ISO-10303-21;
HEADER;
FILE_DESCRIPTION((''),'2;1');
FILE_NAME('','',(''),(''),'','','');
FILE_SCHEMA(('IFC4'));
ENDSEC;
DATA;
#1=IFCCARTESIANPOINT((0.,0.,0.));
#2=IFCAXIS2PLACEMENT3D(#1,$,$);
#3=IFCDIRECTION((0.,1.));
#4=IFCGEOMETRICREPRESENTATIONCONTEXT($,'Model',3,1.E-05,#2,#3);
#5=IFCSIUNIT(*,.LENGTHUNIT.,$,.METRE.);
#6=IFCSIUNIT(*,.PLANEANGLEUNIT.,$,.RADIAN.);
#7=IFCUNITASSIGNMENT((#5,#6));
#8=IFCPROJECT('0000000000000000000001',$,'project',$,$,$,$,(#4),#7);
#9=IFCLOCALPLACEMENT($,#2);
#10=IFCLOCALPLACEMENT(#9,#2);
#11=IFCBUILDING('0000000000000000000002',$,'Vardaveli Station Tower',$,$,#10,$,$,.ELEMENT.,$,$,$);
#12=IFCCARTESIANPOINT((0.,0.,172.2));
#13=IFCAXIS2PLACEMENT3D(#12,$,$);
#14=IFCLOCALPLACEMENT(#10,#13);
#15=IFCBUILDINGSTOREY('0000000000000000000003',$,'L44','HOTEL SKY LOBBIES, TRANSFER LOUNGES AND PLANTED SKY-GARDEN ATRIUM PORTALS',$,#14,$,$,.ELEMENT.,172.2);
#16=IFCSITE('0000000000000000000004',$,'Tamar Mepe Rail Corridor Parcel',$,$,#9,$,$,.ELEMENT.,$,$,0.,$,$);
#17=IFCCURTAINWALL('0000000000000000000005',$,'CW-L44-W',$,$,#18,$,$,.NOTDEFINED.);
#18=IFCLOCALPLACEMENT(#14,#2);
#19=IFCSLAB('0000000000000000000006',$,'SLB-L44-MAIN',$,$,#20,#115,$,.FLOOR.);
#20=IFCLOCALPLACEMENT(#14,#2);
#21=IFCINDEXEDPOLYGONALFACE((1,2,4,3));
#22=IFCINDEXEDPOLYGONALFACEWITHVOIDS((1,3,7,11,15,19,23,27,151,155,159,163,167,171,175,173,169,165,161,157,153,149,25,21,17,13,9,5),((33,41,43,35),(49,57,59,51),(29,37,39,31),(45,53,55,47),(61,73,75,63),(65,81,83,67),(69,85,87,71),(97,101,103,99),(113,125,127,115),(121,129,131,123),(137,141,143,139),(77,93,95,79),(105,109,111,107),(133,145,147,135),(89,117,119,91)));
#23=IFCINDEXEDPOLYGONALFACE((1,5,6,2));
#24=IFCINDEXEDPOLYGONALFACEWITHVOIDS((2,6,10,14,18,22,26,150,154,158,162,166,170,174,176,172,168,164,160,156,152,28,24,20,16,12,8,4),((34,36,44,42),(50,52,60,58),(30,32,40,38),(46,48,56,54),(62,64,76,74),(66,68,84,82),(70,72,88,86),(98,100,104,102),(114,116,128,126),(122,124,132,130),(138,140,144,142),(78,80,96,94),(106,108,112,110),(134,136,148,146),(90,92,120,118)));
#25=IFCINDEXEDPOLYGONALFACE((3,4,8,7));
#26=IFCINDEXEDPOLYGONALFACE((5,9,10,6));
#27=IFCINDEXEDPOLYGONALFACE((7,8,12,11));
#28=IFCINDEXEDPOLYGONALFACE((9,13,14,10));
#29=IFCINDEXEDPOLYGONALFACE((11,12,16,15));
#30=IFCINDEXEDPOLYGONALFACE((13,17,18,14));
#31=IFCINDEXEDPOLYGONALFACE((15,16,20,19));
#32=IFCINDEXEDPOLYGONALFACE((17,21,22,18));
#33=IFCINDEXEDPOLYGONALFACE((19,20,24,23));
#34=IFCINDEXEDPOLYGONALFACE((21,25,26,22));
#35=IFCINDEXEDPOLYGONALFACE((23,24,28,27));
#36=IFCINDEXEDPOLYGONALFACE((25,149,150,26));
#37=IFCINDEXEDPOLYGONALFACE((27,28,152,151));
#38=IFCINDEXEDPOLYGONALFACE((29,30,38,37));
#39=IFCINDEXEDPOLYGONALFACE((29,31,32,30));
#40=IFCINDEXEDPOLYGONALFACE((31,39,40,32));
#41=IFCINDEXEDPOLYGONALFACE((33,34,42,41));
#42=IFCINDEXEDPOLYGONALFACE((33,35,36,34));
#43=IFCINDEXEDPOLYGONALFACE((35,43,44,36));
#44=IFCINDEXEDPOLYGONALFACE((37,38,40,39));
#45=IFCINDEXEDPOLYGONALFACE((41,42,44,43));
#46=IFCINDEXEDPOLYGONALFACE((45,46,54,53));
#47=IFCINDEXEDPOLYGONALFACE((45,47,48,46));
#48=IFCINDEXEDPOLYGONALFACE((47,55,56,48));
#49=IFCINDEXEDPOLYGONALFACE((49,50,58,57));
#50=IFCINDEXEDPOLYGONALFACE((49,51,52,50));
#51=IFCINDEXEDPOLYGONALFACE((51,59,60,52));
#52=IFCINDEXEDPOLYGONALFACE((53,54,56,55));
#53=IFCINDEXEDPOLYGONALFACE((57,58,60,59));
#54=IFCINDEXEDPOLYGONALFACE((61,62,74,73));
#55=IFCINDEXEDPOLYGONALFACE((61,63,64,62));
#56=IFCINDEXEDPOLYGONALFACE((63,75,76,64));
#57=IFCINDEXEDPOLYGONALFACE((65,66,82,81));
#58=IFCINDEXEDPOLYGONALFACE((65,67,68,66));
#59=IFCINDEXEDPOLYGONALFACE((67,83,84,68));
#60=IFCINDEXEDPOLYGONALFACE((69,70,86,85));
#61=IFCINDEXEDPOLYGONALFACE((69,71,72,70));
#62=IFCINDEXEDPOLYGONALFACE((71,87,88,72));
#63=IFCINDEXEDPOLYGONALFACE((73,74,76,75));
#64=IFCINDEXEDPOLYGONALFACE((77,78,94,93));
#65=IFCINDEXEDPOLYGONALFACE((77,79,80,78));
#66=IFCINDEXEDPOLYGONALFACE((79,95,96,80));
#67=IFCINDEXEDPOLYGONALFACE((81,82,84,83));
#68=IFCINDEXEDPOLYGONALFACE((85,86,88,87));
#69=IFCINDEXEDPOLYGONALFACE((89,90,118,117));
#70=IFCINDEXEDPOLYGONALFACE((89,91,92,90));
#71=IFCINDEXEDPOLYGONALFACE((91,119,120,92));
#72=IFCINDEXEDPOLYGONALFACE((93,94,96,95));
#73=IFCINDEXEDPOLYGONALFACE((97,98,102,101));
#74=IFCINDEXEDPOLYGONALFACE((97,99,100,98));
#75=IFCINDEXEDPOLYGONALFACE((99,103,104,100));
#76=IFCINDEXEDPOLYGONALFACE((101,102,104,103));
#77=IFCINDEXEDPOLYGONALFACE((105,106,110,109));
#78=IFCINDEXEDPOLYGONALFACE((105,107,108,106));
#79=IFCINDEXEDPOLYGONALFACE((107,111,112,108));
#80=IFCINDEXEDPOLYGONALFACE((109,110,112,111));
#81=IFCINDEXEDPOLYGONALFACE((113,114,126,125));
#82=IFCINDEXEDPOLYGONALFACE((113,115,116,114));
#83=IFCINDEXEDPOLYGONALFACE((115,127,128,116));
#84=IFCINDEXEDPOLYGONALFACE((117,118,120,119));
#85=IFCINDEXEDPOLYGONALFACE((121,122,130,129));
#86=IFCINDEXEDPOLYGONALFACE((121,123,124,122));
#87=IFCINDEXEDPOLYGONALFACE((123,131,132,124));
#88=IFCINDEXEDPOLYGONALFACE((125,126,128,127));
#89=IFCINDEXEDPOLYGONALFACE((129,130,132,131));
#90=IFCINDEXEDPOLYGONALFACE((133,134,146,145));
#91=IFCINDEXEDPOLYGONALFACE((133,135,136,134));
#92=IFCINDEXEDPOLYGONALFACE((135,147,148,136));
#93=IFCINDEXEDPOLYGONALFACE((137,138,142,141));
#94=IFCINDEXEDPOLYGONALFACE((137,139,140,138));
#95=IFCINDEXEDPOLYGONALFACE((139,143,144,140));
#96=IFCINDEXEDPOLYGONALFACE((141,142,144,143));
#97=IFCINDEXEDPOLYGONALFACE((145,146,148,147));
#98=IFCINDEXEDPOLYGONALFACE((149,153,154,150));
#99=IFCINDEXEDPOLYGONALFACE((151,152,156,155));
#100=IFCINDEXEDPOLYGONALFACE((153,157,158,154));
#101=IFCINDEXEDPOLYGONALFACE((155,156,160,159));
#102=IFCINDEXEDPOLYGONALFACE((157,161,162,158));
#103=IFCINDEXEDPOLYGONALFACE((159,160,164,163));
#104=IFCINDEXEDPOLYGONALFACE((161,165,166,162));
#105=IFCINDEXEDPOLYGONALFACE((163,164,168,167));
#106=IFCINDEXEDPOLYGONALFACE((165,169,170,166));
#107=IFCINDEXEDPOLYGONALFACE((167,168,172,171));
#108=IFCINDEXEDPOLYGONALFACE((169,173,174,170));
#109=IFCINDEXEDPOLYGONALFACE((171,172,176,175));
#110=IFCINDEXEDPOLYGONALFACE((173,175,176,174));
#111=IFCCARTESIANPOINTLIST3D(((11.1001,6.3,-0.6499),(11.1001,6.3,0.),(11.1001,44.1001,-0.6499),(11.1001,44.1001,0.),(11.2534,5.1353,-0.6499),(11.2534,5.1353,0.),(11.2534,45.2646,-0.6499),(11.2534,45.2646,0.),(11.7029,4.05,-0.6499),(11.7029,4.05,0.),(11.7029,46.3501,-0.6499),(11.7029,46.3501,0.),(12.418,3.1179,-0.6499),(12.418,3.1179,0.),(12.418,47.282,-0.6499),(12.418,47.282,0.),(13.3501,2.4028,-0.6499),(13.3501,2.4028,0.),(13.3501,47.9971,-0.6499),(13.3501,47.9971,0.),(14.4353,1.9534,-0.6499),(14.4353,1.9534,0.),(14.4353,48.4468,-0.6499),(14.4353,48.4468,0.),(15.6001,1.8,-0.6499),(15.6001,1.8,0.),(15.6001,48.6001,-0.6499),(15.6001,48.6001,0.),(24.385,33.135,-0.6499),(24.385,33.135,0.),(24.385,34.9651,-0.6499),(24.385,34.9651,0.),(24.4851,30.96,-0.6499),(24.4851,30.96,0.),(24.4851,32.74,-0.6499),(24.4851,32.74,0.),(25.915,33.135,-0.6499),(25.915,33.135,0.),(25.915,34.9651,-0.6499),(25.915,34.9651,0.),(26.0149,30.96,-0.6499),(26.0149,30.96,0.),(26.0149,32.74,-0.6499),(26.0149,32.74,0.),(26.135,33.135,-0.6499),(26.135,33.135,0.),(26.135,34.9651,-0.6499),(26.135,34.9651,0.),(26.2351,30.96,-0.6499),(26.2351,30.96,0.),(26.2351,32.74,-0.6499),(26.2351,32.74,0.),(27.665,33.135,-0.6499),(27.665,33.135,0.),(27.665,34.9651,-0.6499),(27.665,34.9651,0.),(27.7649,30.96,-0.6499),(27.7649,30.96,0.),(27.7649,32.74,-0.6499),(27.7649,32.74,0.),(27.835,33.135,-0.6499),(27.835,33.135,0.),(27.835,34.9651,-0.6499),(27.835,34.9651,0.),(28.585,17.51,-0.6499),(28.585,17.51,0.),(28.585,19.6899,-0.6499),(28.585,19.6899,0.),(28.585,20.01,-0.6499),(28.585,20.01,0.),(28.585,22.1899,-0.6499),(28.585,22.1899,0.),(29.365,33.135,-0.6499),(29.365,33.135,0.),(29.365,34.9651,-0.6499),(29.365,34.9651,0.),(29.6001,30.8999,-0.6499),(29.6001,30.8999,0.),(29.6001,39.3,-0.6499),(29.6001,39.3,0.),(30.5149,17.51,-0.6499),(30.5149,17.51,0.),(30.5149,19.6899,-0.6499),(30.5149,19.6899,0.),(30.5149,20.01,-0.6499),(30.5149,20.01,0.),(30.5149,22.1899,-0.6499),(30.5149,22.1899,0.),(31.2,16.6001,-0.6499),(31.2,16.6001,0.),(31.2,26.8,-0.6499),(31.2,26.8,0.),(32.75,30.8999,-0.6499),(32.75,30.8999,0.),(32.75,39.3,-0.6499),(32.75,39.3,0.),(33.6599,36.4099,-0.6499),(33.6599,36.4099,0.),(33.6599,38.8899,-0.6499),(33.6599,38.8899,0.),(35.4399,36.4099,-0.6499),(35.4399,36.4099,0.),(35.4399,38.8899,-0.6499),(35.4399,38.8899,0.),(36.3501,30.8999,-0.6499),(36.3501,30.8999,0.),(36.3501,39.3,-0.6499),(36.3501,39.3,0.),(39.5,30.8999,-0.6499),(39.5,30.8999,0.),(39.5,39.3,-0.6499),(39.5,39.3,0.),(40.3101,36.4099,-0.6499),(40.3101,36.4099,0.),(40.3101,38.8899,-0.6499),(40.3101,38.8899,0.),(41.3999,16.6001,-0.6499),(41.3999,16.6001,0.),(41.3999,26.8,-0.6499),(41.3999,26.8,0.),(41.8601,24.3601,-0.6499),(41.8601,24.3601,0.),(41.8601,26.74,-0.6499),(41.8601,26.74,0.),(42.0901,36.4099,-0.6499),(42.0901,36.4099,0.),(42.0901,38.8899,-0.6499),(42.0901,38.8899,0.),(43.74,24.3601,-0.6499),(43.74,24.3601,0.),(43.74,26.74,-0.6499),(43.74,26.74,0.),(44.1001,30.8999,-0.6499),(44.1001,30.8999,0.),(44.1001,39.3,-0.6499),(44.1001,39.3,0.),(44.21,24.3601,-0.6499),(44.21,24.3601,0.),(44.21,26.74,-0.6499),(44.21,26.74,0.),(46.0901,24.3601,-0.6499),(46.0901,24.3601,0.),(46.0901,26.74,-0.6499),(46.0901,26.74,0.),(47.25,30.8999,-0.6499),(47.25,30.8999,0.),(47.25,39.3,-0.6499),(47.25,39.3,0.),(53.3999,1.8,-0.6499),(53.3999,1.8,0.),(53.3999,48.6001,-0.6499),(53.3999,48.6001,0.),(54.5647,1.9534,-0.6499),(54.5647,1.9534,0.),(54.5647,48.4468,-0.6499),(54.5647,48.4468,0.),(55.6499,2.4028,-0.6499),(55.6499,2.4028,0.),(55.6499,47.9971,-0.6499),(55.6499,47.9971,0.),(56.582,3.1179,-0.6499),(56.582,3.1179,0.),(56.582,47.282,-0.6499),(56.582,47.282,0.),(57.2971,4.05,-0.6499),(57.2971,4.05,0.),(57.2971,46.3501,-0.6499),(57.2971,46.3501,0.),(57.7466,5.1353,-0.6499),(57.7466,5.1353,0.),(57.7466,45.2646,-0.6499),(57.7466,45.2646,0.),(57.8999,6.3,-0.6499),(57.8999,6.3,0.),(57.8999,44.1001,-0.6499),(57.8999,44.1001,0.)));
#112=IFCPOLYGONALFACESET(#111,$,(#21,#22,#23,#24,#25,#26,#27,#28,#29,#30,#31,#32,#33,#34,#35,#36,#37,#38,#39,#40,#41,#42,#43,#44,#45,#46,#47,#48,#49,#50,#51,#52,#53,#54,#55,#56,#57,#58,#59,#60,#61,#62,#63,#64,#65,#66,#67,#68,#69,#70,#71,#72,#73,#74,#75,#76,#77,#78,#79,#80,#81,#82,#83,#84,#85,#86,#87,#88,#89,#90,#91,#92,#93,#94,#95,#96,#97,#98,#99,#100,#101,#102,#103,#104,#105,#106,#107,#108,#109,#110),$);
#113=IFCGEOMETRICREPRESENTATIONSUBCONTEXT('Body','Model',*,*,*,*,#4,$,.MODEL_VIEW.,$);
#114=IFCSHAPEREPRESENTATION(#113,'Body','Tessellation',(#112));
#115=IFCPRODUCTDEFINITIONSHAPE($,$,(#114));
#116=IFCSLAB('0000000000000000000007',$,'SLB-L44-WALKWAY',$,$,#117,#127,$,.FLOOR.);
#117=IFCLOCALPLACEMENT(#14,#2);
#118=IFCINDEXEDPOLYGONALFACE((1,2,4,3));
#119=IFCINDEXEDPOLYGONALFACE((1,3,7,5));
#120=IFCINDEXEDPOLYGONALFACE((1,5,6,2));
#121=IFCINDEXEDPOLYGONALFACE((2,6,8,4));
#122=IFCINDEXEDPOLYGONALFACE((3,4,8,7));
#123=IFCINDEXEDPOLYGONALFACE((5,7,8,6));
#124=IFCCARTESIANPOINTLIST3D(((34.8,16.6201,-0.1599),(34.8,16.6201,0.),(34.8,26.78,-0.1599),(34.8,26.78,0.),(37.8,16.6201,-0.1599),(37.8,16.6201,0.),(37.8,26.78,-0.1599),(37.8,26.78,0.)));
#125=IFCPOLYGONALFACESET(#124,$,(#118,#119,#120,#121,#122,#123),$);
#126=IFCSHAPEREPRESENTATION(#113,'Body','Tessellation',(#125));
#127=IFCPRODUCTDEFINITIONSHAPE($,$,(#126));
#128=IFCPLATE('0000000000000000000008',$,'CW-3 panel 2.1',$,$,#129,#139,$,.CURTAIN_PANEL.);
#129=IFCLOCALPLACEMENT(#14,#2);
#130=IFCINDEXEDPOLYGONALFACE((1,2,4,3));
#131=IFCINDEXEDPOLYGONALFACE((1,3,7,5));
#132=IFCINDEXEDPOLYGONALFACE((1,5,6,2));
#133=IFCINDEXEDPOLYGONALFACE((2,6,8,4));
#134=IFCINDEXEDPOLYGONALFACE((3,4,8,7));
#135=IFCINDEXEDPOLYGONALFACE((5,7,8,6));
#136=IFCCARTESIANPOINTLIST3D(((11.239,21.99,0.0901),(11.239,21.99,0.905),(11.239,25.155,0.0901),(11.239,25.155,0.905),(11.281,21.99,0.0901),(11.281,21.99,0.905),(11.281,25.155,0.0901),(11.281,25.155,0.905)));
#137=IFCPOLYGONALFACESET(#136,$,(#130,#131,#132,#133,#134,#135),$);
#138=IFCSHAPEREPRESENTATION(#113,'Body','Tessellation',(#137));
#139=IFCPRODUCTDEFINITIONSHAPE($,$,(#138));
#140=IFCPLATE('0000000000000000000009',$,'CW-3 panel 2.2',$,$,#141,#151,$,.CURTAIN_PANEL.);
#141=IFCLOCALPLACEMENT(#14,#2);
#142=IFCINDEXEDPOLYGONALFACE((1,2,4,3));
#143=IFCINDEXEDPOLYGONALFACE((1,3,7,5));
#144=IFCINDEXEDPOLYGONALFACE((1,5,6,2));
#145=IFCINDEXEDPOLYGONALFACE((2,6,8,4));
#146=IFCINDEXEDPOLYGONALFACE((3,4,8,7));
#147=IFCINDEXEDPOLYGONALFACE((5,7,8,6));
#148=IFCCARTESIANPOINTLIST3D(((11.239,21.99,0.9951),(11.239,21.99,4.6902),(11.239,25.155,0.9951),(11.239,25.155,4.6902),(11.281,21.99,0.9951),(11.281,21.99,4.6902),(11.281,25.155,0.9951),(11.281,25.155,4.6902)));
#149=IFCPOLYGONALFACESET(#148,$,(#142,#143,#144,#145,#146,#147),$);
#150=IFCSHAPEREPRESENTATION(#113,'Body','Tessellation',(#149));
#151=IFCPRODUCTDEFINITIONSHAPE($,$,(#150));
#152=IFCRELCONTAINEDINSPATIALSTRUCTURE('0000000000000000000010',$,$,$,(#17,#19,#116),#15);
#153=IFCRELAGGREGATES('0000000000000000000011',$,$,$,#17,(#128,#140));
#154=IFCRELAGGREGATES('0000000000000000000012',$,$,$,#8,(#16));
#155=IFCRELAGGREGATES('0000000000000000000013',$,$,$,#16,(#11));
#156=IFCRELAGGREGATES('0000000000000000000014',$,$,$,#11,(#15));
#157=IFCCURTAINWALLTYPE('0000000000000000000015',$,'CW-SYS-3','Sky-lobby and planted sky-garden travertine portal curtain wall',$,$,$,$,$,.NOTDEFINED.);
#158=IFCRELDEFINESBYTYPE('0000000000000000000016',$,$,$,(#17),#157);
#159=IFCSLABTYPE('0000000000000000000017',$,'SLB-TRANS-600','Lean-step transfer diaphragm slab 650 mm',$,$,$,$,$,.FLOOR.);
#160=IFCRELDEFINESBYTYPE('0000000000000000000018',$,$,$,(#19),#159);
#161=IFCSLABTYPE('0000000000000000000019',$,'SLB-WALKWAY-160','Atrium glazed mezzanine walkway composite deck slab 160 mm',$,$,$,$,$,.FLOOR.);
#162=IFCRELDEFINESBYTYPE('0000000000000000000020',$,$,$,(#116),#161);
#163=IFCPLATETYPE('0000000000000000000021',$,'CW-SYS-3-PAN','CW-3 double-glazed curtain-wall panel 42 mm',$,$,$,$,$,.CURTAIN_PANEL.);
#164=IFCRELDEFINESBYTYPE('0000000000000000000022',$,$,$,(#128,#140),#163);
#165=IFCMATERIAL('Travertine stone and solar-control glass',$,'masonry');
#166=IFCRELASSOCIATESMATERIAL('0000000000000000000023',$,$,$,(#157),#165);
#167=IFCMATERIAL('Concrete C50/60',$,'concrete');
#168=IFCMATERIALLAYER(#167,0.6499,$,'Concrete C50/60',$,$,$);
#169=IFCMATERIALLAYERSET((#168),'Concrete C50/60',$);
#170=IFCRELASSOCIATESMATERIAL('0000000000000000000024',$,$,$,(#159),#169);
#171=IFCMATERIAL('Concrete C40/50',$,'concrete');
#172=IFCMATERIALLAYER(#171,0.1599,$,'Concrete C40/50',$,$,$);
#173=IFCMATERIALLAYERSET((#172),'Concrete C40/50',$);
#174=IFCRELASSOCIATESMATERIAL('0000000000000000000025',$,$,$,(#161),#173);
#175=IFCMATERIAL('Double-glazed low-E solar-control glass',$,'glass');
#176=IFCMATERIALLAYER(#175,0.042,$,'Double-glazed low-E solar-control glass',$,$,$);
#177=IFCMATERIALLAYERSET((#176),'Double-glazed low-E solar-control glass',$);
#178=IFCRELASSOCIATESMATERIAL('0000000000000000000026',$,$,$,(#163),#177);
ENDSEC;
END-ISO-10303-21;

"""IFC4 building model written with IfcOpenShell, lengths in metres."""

from ifc_helpers import new_model, si_unit, direction, frame, origin, origin_2d, place, context, subcontext, project, spatial, polyline, rectangle, outline, extrude, source, transform, mapped, material, layer, layer_set, type_object, element, aggregate, save


model = new_model("IFC4")

# Units and contexts
model_context = context("Model", 3, precision=1e-05, world=origin(), true_north=direction((0.0, 1.0)))
body_context = subcontext(model_context, "Body", "Model", "MODEL_VIEW")
ifc_project = project(units=[si_unit("LENGTHUNIT", "METRE"), si_unit("PLANEANGLEUNIT", "RADIAN")], contexts=[model_context])

# Site, building, storey
site_placement = place(None, origin())
site = spatial("IfcSite", under=ifc_project, at=site_placement, Name="Tamar Mepe Rail Corridor Parcel", CompositionType="ELEMENT", RefElevation=0.0)
building_placement = place(site_placement, origin())
building = spatial("IfcBuilding", under=site, at=building_placement, Name="Vardaveli Station Tower", CompositionType="ELEMENT")
storey_placement = place(building_placement, frame((0.0, 0.0, 172.2)))
storey = spatial("IfcBuildingStorey", under=building, at=storey_placement, Name="L44", Description="HOTEL SKY LOBBIES, TRANSFER LOUNGES AND PLANTED SKY-GARDEN ATRIUM PORTALS", CompositionType="ELEMENT", Elevation=172.2)

# Curtain wall
ifc_material_1 = material(Name="Travertine stone and solar-control glass", Category="masonry")
curtain_wall_type = type_object("IfcCurtainWallType", Name="CW-SYS-3", Description="Sky-lobby and planted sky-garden travertine portal curtain wall", PredefinedType="NOTDEFINED", material=ifc_material_1)
curtain_wall_placement = place(storey_placement, origin())
curtain_wall = element("IfcCurtainWall", 1, at=curtain_wall_placement, inside=storey, type_object=curtain_wall_type, Name="CW-L44-W", PredefinedType="NOTDEFINED")

# Shared definitions
ifc_material_2 = material(Name="Concrete C40/50", Category="concrete")

# Slabs
ifc_material_3 = material(Name="Concrete C50/60", Category="concrete")
ifc_layer_1 = layer(ifc_material_3, 0.6499, Name="Concrete C50/60")
ifc_layer_set_1 = layer_set([ifc_layer_1], Name="Concrete C50/60")
slab_type_1 = type_object("IfcSlabType", Name="SLB-TRANS-600", Description="Lean-step transfer diaphragm slab 650 mm", PredefinedType="FLOOR", material=ifc_layer_set_1)
slab_1_placement = place(storey_placement, frame((0.0, 0.0, -0.6499)))
element("IfcSlab", 2, at=slab_1_placement, inside=storey, type_object=slab_type_1, Name="SLB-L44-MAIN", PredefinedType="FLOOR", context=body_context, shape_type="SweptSolid", body=[
    extrude(outline(polyline([(11.1001, 6.3), (11.2534, 5.1353), (11.7029, 4.05), (12.418, 3.1179), (13.3501, 2.4028), (14.4353, 1.9534), (15.6001, 1.8), (53.3999, 1.8), (54.5647, 1.9534), (55.6499, 2.4028), (56.582, 3.1179), (57.2971, 4.05), (57.7466, 5.1353), (57.8999, 6.3), (57.8999, 44.1001), (57.7466, 45.2646), (57.2971, 46.3501), (56.582, 47.282), (55.6499, 47.9971), (54.5647, 48.4468), (53.3999, 48.6001), (15.6001, 48.6001), (14.4353, 48.4468), (13.3501, 47.9971), (12.418, 47.282), (11.7029, 46.3501), (11.2534, 45.2646), (11.1001, 44.1001), (11.1001, 6.3)]), holes=[polyline([(31.2, 16.6001), (41.3999, 16.6001), (41.3999, 26.8), (31.2, 26.8), (31.2, 16.6001)]), polyline([(32.75, 30.8999), (32.75, 39.3), (29.6001, 39.3), (29.6001, 30.8999), (32.75, 30.8999)]), polyline([(39.5, 30.8999), (39.5, 39.3), (36.3501, 39.3), (36.3501, 30.8999), (39.5, 30.8999)]), polyline([(47.25, 30.8999), (47.25, 39.3), (44.1001, 39.3), (44.1001, 30.8999), (47.25, 30.8999)]), polyline([(24.385, 33.135), (25.915, 33.135), (25.915, 34.9651), (24.385, 34.9651), (24.385, 33.135)]), polyline([(26.135, 33.135), (27.665, 33.135), (27.665, 34.9651), (26.135, 34.9651), (26.135, 33.135)]), polyline([(27.835, 33.135), (29.365, 33.135), (29.365, 34.9651), (27.835, 34.9651), (27.835, 33.135)]), polyline([(33.6599, 36.4099), (35.4399, 36.4099), (35.4399, 38.8899), (33.6599, 38.8899), (33.6599, 36.4099)]), polyline([(40.3101, 36.4099), (42.0901, 36.4099), (42.0901, 38.8899), (40.3101, 38.8899), (40.3101, 36.4099)]), polyline([(24.4851, 30.96), (26.0149, 30.96), (26.0149, 32.74), (24.4851, 32.74), (24.4851, 30.96)]), polyline([(26.2351, 30.96), (27.7649, 30.96), (27.7649, 32.74), (26.2351, 32.74), (26.2351, 30.96)]), polyline([(28.585, 17.51), (30.5149, 17.51), (30.5149, 19.6899), (28.585, 19.6899), (28.585, 17.51)]), polyline([(28.585, 20.01), (30.5149, 20.01), (30.5149, 22.1899), (28.585, 22.1899), (28.585, 20.01)]), polyline([(41.8601, 24.3601), (43.74, 24.3601), (43.74, 26.74), (41.8601, 26.74), (41.8601, 24.3601)]), polyline([(44.21, 24.3601), (46.0901, 24.3601), (46.0901, 26.74), (44.21, 26.74), (44.21, 24.3601)])]), origin(), (0.0, 0.0, 1.0), 0.6499),
])
ifc_layer_2 = layer(ifc_material_2, 0.1599, Name="Concrete C40/50")
ifc_layer_set_2 = layer_set([ifc_layer_2], Name="Concrete C40/50")
slab_type_2 = type_object("IfcSlabType", Name="SLB-WALKWAY-160", Description="Atrium glazed mezzanine walkway composite deck slab 160 mm", PredefinedType="FLOOR", material=ifc_layer_set_2)
slab_2_placement = place(storey_placement, frame((0.0, 0.0, -0.1599)))
element("IfcSlab", 3, at=slab_2_placement, inside=storey, type_object=slab_type_2, Name="SLB-L44-WALKWAY", PredefinedType="FLOOR", context=body_context, shape_type="SweptSolid", body=[
    extrude(outline(polyline([(34.8, 16.6201), (37.8, 16.6201), (37.8, 26.78), (34.8, 26.78), (34.8, 16.6201)])), origin(), (0.0, 0.0, 1.0), 0.1599),
])

# Plates
ifc_material_4 = material(Name="Double-glazed low-E solar-control glass", Category="glass")
ifc_layer_3 = layer(ifc_material_4, 0.042, Name="Double-glazed low-E solar-control glass")
ifc_layer_set_3 = layer_set([ifc_layer_3], Name="Double-glazed low-E solar-control glass")
plate_type = type_object("IfcPlateType", Name="CW-SYS-3-PAN", Description="CW-3 double-glazed curtain-wall panel 42 mm", PredefinedType="CURTAIN_PANEL", material=ifc_layer_set_3)
shared_shape_1 = source(origin(), body_context, "Body", "SweptSolid", [
    extrude(rectangle(XDim=3.165, YDim=0.042, at=origin_2d()), origin(), (0.0, 0.0, 1.0), 0.8149),
])
plate_1_placement = place(storey_placement, frame((11.26, 23.5725, 0.0901), z_axis=(0.0, 0.0, 1.0), x_axis=(0.0, -1.0, 0.0)))
plate_1 = element("IfcPlate", 4, at=plate_1_placement, type_object=plate_type, Name="CW-3 panel 2.1", PredefinedType="CURTAIN_PANEL", context=body_context, shape_type="MappedRepresentation", body=[
    mapped(shared_shape_1, transform((0.0, 0.0, 0.0), scale=1.0)),
])
shared_shape_2 = source(origin(), body_context, "Body", "SweptSolid", [
    extrude(rectangle(XDim=3.165, YDim=0.042, at=origin_2d()), origin(), (0.0, 0.0, 1.0), 3.6951),
])
plate_2_placement = place(storey_placement, frame((11.26, 23.5725, 0.9951), z_axis=(0.0, 0.0, 1.0), x_axis=(0.0, -1.0, 0.0)))
plate_2 = element("IfcPlate", 5, at=plate_2_placement, type_object=plate_type, Name="CW-3 panel 2.2", PredefinedType="CURTAIN_PANEL", context=body_context, shape_type="MappedRepresentation", body=[
    mapped(shared_shape_2, transform((0.0, 0.0, 0.0), scale=1.0)),
])
aggregate(curtain_wall, [plate_1, plate_2])

save(model, "model.ifc")
